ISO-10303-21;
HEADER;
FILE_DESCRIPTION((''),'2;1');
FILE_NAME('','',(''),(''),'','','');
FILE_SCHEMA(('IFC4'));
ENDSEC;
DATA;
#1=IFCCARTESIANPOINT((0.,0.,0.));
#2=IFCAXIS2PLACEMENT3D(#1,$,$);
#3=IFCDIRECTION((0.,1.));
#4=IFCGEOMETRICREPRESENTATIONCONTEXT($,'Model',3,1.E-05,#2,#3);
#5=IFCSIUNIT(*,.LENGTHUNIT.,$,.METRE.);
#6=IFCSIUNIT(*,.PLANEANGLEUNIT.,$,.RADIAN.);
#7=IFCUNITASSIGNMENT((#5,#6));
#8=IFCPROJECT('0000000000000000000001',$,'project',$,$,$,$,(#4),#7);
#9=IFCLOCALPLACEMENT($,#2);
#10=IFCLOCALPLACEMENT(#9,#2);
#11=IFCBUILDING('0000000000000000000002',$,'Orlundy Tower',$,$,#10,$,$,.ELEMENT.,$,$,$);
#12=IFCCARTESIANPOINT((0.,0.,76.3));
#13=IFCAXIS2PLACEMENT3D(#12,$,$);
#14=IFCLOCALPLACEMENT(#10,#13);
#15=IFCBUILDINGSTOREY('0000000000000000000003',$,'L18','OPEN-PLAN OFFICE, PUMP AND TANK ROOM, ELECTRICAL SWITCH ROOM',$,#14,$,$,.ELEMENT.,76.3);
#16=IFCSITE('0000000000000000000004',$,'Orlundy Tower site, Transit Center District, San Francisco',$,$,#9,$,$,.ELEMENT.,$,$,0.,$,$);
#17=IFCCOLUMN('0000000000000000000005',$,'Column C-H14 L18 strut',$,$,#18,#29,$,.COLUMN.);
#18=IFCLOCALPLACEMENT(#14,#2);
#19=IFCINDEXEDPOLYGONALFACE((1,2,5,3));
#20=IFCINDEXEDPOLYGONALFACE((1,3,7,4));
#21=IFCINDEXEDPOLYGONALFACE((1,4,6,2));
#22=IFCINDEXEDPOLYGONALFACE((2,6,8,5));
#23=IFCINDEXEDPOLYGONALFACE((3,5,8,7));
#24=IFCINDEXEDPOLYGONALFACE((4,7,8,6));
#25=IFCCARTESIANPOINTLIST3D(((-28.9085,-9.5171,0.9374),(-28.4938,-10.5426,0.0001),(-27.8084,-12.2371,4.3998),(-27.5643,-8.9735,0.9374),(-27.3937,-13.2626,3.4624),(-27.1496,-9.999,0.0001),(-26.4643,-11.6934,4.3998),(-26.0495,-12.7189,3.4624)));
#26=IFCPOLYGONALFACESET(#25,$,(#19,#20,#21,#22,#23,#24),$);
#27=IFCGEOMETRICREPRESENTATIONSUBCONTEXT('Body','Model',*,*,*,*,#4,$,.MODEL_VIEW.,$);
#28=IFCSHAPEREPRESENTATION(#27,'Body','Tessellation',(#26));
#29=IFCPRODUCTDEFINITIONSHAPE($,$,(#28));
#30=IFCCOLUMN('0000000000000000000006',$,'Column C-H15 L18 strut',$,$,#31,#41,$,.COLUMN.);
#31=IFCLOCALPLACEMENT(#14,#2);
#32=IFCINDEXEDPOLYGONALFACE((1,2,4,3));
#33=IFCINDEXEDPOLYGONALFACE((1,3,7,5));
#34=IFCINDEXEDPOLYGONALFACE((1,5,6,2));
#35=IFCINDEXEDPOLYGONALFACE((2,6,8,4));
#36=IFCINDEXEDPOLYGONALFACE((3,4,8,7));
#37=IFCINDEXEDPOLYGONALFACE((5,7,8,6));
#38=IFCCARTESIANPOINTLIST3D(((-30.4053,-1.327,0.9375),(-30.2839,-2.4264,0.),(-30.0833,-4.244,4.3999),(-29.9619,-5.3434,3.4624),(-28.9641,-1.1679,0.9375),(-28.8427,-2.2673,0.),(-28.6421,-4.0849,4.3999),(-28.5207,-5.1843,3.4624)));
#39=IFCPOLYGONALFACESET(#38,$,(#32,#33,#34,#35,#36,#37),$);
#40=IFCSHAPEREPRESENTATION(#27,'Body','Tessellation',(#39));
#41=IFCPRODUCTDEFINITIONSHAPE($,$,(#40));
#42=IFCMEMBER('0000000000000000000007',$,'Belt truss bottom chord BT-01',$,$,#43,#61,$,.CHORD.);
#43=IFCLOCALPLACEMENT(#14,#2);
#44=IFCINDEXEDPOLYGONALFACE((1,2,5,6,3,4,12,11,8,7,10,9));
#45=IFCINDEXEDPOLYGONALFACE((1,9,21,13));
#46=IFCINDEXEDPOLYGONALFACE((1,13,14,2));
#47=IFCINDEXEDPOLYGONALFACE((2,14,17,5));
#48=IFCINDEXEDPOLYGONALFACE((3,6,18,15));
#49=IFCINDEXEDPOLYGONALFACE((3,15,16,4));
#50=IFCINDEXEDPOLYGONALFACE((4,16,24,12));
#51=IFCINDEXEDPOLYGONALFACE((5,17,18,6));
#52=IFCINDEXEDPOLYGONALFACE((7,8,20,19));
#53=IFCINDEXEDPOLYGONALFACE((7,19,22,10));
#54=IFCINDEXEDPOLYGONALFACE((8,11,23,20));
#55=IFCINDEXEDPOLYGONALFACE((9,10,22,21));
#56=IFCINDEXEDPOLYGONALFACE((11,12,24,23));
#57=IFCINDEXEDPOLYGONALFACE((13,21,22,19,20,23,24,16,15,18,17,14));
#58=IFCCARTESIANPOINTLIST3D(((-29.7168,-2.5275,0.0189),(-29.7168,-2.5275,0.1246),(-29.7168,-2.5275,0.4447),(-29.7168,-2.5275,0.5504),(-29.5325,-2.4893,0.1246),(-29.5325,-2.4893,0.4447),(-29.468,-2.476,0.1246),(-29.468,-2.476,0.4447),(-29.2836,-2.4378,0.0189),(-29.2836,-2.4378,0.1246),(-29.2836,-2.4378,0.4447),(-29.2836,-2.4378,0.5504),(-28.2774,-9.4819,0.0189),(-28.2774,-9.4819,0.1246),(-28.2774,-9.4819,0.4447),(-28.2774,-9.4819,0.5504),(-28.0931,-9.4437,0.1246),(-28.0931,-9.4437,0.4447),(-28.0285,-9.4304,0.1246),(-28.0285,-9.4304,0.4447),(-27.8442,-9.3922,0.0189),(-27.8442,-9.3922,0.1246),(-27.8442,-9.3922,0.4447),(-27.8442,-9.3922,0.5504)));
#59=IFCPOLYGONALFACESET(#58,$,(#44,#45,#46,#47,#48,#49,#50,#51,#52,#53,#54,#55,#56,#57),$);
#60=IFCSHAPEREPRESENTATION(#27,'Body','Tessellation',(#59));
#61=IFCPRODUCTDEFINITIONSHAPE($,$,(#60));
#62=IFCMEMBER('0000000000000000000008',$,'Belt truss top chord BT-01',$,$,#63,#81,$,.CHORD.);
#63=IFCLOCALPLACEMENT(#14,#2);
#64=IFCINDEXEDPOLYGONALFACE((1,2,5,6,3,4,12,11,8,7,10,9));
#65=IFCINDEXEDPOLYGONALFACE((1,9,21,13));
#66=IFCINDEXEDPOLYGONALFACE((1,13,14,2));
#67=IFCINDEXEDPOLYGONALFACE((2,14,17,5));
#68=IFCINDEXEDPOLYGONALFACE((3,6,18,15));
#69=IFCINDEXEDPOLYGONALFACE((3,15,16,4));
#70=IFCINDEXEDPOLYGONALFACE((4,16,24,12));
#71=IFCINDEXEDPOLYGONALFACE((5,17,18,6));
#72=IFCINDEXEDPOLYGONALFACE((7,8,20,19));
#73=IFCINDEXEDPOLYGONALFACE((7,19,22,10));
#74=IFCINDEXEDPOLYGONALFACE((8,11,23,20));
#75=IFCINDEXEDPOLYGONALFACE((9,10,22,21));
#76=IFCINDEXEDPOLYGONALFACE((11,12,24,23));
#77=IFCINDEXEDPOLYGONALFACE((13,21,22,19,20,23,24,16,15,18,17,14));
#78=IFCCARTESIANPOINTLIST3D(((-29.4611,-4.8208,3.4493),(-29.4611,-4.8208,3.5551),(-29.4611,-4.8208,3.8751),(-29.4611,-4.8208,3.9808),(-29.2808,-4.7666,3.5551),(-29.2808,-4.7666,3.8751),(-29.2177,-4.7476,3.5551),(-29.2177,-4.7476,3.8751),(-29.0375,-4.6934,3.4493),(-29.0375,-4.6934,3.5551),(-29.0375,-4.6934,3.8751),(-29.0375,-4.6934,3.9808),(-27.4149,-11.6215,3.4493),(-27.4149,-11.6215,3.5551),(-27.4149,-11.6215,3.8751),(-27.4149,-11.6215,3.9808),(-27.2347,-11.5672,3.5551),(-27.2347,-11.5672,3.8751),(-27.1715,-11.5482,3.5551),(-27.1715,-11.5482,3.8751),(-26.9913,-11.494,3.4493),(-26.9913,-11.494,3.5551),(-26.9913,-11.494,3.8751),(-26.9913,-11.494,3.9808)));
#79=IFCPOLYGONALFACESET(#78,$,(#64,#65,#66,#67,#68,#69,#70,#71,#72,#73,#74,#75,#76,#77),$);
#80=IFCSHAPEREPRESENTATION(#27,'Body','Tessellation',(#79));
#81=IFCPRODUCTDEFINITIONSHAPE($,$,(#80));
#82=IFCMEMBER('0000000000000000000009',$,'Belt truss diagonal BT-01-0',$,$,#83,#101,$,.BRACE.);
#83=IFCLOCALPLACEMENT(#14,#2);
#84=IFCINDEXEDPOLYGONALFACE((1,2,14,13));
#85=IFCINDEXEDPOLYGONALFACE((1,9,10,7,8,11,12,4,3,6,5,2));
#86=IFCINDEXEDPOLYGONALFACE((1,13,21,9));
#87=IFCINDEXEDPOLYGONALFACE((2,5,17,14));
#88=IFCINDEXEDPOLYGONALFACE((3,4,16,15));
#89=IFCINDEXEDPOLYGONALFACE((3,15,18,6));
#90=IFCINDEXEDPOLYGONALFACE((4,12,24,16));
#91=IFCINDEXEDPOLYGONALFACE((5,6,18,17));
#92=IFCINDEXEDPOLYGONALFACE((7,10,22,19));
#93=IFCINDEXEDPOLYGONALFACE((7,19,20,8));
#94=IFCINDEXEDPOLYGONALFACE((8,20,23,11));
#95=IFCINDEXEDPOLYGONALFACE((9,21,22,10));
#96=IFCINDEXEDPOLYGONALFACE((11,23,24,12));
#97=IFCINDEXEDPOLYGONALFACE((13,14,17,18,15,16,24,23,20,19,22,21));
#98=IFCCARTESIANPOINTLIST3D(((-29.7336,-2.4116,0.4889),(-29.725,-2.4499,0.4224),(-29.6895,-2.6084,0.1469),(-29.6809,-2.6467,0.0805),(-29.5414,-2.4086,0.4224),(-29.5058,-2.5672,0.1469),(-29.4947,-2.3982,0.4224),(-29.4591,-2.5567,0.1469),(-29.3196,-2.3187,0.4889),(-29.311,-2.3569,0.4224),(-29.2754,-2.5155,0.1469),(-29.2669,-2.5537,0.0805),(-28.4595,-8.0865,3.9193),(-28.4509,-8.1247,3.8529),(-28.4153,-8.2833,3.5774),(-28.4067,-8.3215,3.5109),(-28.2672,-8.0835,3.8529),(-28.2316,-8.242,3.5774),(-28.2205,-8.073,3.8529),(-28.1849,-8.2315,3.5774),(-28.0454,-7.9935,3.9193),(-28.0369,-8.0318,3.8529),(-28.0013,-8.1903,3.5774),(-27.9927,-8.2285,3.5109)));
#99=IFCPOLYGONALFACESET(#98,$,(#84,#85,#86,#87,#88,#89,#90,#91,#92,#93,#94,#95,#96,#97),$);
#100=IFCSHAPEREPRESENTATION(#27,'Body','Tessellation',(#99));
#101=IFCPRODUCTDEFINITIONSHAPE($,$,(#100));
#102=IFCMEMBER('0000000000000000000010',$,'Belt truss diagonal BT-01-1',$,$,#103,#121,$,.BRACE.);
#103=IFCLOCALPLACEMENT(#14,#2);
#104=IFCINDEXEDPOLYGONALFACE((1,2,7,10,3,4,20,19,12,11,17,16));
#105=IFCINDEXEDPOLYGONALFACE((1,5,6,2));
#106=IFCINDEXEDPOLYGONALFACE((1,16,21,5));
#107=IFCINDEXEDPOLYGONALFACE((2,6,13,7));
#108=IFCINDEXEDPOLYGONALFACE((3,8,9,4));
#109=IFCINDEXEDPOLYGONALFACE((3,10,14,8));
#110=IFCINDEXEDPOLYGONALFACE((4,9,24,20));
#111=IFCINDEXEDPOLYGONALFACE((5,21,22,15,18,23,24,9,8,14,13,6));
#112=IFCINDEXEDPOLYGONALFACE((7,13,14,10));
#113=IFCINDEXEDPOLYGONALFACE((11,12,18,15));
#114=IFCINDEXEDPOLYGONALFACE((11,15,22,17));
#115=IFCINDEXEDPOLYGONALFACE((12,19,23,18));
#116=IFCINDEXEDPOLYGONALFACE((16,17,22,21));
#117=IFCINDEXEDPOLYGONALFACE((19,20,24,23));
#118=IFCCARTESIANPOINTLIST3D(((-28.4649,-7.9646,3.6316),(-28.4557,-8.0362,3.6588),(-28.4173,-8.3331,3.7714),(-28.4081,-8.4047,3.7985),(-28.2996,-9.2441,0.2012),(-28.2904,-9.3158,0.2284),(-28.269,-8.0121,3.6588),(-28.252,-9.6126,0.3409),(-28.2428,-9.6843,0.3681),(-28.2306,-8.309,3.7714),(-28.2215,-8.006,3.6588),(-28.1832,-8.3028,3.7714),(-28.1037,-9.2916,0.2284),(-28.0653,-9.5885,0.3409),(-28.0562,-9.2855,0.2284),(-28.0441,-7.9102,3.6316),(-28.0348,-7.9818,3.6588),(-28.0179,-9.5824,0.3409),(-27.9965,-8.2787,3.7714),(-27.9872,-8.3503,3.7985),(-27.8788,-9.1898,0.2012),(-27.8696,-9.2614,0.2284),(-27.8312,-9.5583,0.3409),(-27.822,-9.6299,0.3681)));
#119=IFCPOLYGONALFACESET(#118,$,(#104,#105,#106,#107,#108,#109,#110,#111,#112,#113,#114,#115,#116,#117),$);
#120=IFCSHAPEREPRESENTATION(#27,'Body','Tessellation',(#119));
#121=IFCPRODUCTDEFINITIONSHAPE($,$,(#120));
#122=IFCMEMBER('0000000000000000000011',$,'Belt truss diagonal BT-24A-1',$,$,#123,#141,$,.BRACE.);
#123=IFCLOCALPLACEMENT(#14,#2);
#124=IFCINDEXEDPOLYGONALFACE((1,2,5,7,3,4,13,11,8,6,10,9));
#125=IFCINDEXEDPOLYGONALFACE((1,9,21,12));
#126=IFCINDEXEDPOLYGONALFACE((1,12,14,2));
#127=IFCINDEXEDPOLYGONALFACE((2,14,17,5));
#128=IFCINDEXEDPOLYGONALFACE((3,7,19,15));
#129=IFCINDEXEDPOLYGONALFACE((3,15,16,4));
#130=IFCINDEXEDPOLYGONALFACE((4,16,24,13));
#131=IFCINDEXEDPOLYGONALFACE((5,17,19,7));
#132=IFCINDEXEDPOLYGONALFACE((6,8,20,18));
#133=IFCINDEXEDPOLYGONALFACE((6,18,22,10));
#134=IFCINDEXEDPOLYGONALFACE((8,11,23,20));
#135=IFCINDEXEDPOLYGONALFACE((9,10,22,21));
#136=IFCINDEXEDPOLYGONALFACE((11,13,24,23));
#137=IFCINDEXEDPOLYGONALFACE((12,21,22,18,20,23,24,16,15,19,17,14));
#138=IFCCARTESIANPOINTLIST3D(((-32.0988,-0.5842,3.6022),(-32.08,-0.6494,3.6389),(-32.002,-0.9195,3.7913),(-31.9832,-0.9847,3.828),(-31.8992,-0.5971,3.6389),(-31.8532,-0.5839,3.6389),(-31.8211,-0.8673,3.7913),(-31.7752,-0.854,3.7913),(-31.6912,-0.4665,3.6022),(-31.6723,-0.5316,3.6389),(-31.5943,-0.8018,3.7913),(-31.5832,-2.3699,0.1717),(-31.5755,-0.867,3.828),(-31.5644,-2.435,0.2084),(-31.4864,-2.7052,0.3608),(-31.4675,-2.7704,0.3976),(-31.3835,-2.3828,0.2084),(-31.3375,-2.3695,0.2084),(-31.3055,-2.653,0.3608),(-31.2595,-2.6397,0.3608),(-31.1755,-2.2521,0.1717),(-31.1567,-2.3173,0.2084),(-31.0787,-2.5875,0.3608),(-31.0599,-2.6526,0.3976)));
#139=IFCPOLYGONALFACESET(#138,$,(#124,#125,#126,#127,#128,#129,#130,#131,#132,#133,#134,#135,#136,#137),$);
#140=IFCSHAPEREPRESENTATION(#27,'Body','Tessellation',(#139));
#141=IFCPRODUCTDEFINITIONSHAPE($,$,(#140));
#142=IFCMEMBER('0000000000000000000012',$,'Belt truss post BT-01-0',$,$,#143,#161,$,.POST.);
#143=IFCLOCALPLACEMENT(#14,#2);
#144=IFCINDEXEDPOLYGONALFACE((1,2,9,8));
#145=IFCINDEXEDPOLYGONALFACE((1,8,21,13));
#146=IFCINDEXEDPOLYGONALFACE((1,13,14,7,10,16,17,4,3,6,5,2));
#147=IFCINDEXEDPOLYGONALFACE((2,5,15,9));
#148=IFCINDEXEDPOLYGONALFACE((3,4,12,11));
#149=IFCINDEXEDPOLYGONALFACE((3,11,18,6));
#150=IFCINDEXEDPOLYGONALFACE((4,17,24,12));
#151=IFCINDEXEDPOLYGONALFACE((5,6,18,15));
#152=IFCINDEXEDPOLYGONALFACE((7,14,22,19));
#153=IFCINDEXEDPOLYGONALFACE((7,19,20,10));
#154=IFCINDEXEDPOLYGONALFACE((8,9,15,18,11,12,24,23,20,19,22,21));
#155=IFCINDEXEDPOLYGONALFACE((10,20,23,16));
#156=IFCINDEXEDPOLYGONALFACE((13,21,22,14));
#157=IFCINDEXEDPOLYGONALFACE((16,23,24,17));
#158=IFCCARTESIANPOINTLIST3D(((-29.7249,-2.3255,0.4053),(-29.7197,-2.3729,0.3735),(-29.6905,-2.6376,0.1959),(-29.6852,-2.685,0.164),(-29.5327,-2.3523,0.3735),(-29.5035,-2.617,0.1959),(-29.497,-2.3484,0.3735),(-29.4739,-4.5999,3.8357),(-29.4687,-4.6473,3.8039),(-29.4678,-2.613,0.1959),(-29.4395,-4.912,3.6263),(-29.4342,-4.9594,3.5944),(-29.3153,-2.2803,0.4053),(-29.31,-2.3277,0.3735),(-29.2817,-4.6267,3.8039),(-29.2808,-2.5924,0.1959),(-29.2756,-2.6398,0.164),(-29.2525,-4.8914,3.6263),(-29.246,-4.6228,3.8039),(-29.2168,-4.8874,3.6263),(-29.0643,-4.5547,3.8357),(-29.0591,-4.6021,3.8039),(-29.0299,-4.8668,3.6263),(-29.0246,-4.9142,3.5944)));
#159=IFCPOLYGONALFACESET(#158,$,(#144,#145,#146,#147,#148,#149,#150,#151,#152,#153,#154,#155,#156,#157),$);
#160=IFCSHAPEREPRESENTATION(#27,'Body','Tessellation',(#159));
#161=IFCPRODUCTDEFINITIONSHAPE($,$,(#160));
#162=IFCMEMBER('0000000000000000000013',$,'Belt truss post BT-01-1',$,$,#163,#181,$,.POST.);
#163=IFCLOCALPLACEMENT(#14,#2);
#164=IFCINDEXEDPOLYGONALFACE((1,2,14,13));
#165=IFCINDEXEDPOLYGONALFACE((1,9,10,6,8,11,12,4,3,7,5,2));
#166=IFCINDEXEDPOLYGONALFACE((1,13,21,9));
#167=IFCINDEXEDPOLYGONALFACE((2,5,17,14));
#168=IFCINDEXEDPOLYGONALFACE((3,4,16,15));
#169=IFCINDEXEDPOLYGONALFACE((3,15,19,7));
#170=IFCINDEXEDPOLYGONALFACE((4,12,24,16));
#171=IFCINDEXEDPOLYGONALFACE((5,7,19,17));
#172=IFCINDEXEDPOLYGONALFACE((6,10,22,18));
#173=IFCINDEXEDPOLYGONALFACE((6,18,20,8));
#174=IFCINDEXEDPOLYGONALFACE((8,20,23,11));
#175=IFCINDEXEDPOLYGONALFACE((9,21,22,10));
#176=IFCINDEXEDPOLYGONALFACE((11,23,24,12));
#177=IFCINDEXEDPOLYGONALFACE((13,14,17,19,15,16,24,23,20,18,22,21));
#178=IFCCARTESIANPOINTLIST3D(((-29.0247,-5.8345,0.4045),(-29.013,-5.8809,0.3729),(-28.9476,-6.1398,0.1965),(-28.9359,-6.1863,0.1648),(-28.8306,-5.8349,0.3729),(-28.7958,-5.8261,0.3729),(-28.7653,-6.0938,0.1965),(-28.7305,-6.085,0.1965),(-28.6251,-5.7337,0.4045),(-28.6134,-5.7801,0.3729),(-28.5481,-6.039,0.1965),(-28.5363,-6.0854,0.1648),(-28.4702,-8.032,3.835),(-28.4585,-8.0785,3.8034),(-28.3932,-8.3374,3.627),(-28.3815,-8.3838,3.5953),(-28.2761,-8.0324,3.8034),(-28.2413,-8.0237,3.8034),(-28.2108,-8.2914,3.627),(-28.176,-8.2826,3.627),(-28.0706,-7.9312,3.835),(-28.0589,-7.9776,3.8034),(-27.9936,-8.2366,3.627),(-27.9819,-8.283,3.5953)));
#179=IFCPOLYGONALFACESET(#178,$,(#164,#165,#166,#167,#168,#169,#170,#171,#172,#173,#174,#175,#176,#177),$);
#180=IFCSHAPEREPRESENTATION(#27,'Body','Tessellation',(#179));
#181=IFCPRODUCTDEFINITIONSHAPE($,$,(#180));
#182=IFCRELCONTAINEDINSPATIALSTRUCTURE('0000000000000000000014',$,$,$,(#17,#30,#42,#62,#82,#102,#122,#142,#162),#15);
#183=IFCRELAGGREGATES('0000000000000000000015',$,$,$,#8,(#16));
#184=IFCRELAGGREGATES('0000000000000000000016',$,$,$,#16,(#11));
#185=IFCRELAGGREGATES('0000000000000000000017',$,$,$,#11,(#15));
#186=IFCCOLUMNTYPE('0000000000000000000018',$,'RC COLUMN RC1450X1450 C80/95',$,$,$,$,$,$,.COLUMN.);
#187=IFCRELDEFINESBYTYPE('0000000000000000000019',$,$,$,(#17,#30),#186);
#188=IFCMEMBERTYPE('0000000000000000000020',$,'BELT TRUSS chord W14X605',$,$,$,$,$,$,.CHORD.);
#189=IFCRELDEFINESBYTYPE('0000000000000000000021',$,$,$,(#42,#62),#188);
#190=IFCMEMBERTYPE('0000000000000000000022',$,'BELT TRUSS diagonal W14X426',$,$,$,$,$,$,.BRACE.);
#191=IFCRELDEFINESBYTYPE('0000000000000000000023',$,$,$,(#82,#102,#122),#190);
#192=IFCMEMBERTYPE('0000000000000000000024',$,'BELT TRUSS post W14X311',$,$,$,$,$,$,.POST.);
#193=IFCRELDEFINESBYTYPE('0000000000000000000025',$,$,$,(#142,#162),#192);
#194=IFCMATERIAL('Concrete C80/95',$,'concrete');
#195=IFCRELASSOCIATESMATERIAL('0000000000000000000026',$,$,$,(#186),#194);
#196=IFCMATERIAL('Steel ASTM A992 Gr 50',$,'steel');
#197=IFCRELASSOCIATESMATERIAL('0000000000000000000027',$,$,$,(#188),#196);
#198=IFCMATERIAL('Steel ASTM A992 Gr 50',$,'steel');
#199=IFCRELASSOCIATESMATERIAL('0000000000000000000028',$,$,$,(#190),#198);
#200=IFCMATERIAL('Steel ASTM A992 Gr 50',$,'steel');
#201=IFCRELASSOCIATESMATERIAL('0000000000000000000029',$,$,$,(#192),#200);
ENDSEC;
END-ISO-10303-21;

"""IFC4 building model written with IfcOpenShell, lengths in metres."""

from ifc_helpers import new_model, si_unit, direction, frame, origin, origin_2d, place, context, subcontext, project, spatial, rectangle, i_section, extrude, material, material_profile, profile_set, type_object, element, save


model = new_model("IFC4")

# Units and contexts
model_context = context("Model", 3, precision=1e-05, world=origin(), true_north=direction((0.0, 1.0)))
body_context = subcontext(model_context, "Body", "Model", "MODEL_VIEW")
ifc_project = project(units=[si_unit("LENGTHUNIT", "METRE"), si_unit("PLANEANGLEUNIT", "RADIAN")], contexts=[model_context])

# Site, building, storey
site_placement = place(None, origin())
site = spatial("IfcSite", under=ifc_project, at=site_placement, Name="Orlundy Tower site, Transit Center District, San Francisco", CompositionType="ELEMENT", RefElevation=0.0)
building_placement = place(site_placement, origin())
building = spatial("IfcBuilding", under=site, at=building_placement, Name="Orlundy Tower", CompositionType="ELEMENT")
storey_placement = place(building_placement, frame((0.0, 0.0, 76.3)))
storey = spatial("IfcBuildingStorey", under=building, at=storey_placement, Name="L18", Description="OPEN-PLAN OFFICE, PUMP AND TANK ROOM, ELECTRICAL SWITCH ROOM", CompositionType="ELEMENT", Elevation=76.3)

# Columns
ifc_material_1 = material(Name="Concrete C80/95", Category="concrete")
ifc_material_profile_1 = material_profile(ifc_material_1, rectangle(XDim=1.45, YDim=1.45, at=origin_2d()), Name="RC1450X1450")
ifc_profile_set_1 = profile_set([ifc_material_profile_1], Name="Concrete C80/95")
column_type = type_object("IfcColumnType", Name="RC COLUMN RC1450X1450 C80/95", PredefinedType="COLUMN", material=ifc_profile_set_1)
column_1_placement = place(storey_placement, frame((-28.0291, -9.7581, 0.4688), z_axis=(0.2424, -0.599329, 0.76292), x_axis=(0.927047, 0.374946, 0.0)))
element("IfcColumn", 1, at=column_1_placement, inside=storey, type_object=column_type, Name="Column C-H14 L18 strut", PredefinedType="COLUMN", context=body_context, shape_type="SweptSolid", body=[
    extrude(rectangle(XDim=1.45, YDim=1.45, at=origin_2d()), origin(), (0.0, 0.0, 1.0), 4.5383),
])
column_2_placement = place(storey_placement, frame((-29.624, -1.7971, 0.4688), z_axis=(0.070948, -0.642678, 0.762844), x_axis=(0.993962, 0.109728, 0.0)))
element("IfcColumn", 2, at=column_2_placement, inside=storey, type_object=column_type, Name="Column C-H15 L18 strut", PredefinedType="COLUMN", context=body_context, shape_type="SweptSolid", body=[
    extrude(rectangle(XDim=1.45, YDim=1.45, at=origin_2d()), origin(), (0.0, 0.0, 1.0), 4.5388),
])

# Members
ifc_material_2 = material(Name="Steel ASTM A992 Gr 50", Category="steel")
ifc_material_profile_2 = material_profile(ifc_material_2, i_section(OverallWidth=0.4424, OverallDepth=0.5315, WebThickness=0.0659, FlangeThickness=0.1057, at=origin_2d()), Name="W14X605")
ifc_profile_set_2 = profile_set([ifc_material_profile_2], Name="Steel ASTM A992 Gr 50")
member_type_1 = type_object("IfcMemberType", Name="BELT TRUSS chord W14X605", PredefinedType="CHORD", material=ifc_profile_set_2)
for number, where, z_axis, x_axis, name in (
    (3, (-29.5002, -2.4827, 0.2847), (0.20269, -0.979243, 0.0), (0.979243, 0.20269, 0.0), "Belt truss bottom chord BT-01"),
    (4, (-29.2493, -4.7571, 3.7151), (0.288121, -0.957594, 0.0), (0.957594, 0.288121, 0.0), "Belt truss top chord BT-01"),
):
    element("IfcMember", number, at=place(storey_placement, frame(where, z_axis=z_axis, x_axis=x_axis)), inside=storey, type_object=member_type_1, Name=name, PredefinedType="CHORD", context=body_context, shape_type="SweptSolid", body=[
        extrude(i_section(OverallWidth=0.4424, OverallDepth=0.5315, WebThickness=0.0659, FlangeThickness=0.1057, at=origin_2d()), origin(), (0.0, 0.0, 1.0), 7.1018),
    ])
ifc_material_3 = material(Name="Steel ASTM A992 Gr 50", Category="steel")
ifc_material_profile_3 = material_profile(ifc_material_3, i_section(OverallWidth=0.4243, OverallDepth=0.4741, WebThickness=0.0479, FlangeThickness=0.0771, at=origin_2d()), Name="W14X426")
ifc_profile_set_3 = profile_set([ifc_material_profile_3], Name="Steel ASTM A992 Gr 50")
member_type_2 = type_object("IfcMemberType", Name="BELT TRUSS diagonal W14X426", PredefinedType="BRACE", material=ifc_profile_set_3)
member_1_placement = place(storey_placement, frame((-29.5002, -2.4827, 0.2847), z_axis=(0.188699, -0.840415, 0.508031), x_axis=(0.975708, 0.219077, 0.0)))
element("IfcMember", 5, at=member_1_placement, inside=storey, type_object=member_type_2, Name="Belt truss diagonal BT-01-0", PredefinedType="BRACE", context=body_context, shape_type="SweptSolid", body=[
    extrude(i_section(OverallWidth=0.4243, OverallDepth=0.4741, WebThickness=0.0479, FlangeThickness=0.0771, at=origin_2d()), origin(), (0.0, 0.0, 1.0), 6.7524),
])
member_2_placement = place(storey_placement, frame((-28.2261, -8.1575, 3.7151), z_axis=(0.045098, -0.349123, -0.935991), x_axis=(0.99176, 0.128109, 0.0)))
element("IfcMember", 6, at=member_2_placement, inside=storey, type_object=member_type_2, Name="Belt truss diagonal BT-01-1", PredefinedType="BRACE", context=body_context, shape_type="SweptSolid", body=[
    extrude(i_section(OverallWidth=0.4243, OverallDepth=0.4741, WebThickness=0.0479, FlangeThickness=0.0771, at=origin_2d()), origin(), (0.0, 0.0, 1.0), 3.665),
])
member_3_placement = place(storey_placement, frame((-31.8372, -0.7256, 3.7151), z_axis=(0.132159, -0.457674, -0.879243), x_axis=(0.960747, 0.277426, 0.0)))
element("IfcMember", 7, at=member_3_placement, inside=storey, type_object=member_type_2, Name="Belt truss diagonal BT-24A-1", PredefinedType="BRACE", context=body_context, shape_type="SweptSolid", body=[
    extrude(i_section(OverallWidth=0.4243, OverallDepth=0.4741, WebThickness=0.0479, FlangeThickness=0.0771, at=origin_2d()), origin(), (0.0, 0.0, 1.0), 3.9016),
])
ifc_material_4 = material(Name="Steel ASTM A992 Gr 50", Category="steel")
ifc_material_profile_4 = material_profile(ifc_material_4, i_section(OverallWidth=0.4121, OverallDepth=0.4348, WebThickness=0.0359, FlangeThickness=0.0574, at=origin_2d()), Name="W14X311")
ifc_profile_set_4 = profile_set([ifc_material_profile_4], Name="Steel ASTM A992 Gr 50")
member_type_3 = type_object("IfcMemberType", Name="BELT TRUSS post W14X311", PredefinedType="POST", material=ifc_profile_set_4)
member_4_placement = place(storey_placement, frame((-29.5002, -2.4827, 0.2847), z_axis=(0.060864, -0.551566, 0.831908), x_axis=(0.993967, 0.109682, 0.0)))
element("IfcMember", 8, at=member_4_placement, inside=storey, type_object=member_type_3, Name="Belt truss post BT-01-0", PredefinedType="POST", context=body_context, shape_type="SweptSolid", body=[
    extrude(i_section(OverallWidth=0.4121, OverallDepth=0.4348, WebThickness=0.0359, FlangeThickness=0.0574, at=origin_2d()), origin(), (0.0, 0.0, 1.0), 4.1235),
])
member_5_placement = place(storey_placement, frame((-28.7805, -5.96, 0.2847), z_axis=(0.134853, -0.534482, 0.834352), x_axis=(0.969614, 0.244639, 0.0)))
element("IfcMember", 9, at=member_5_placement, inside=storey, type_object=member_type_3, Name="Belt truss post BT-01-1", PredefinedType="POST", context=body_context, shape_type="SweptSolid", body=[
    extrude(i_section(OverallWidth=0.4121, OverallDepth=0.4348, WebThickness=0.0359, FlangeThickness=0.0574, at=origin_2d()), origin(), (0.0, 0.0, 1.0), 4.1116),
])

save(model, "model.ifc")
